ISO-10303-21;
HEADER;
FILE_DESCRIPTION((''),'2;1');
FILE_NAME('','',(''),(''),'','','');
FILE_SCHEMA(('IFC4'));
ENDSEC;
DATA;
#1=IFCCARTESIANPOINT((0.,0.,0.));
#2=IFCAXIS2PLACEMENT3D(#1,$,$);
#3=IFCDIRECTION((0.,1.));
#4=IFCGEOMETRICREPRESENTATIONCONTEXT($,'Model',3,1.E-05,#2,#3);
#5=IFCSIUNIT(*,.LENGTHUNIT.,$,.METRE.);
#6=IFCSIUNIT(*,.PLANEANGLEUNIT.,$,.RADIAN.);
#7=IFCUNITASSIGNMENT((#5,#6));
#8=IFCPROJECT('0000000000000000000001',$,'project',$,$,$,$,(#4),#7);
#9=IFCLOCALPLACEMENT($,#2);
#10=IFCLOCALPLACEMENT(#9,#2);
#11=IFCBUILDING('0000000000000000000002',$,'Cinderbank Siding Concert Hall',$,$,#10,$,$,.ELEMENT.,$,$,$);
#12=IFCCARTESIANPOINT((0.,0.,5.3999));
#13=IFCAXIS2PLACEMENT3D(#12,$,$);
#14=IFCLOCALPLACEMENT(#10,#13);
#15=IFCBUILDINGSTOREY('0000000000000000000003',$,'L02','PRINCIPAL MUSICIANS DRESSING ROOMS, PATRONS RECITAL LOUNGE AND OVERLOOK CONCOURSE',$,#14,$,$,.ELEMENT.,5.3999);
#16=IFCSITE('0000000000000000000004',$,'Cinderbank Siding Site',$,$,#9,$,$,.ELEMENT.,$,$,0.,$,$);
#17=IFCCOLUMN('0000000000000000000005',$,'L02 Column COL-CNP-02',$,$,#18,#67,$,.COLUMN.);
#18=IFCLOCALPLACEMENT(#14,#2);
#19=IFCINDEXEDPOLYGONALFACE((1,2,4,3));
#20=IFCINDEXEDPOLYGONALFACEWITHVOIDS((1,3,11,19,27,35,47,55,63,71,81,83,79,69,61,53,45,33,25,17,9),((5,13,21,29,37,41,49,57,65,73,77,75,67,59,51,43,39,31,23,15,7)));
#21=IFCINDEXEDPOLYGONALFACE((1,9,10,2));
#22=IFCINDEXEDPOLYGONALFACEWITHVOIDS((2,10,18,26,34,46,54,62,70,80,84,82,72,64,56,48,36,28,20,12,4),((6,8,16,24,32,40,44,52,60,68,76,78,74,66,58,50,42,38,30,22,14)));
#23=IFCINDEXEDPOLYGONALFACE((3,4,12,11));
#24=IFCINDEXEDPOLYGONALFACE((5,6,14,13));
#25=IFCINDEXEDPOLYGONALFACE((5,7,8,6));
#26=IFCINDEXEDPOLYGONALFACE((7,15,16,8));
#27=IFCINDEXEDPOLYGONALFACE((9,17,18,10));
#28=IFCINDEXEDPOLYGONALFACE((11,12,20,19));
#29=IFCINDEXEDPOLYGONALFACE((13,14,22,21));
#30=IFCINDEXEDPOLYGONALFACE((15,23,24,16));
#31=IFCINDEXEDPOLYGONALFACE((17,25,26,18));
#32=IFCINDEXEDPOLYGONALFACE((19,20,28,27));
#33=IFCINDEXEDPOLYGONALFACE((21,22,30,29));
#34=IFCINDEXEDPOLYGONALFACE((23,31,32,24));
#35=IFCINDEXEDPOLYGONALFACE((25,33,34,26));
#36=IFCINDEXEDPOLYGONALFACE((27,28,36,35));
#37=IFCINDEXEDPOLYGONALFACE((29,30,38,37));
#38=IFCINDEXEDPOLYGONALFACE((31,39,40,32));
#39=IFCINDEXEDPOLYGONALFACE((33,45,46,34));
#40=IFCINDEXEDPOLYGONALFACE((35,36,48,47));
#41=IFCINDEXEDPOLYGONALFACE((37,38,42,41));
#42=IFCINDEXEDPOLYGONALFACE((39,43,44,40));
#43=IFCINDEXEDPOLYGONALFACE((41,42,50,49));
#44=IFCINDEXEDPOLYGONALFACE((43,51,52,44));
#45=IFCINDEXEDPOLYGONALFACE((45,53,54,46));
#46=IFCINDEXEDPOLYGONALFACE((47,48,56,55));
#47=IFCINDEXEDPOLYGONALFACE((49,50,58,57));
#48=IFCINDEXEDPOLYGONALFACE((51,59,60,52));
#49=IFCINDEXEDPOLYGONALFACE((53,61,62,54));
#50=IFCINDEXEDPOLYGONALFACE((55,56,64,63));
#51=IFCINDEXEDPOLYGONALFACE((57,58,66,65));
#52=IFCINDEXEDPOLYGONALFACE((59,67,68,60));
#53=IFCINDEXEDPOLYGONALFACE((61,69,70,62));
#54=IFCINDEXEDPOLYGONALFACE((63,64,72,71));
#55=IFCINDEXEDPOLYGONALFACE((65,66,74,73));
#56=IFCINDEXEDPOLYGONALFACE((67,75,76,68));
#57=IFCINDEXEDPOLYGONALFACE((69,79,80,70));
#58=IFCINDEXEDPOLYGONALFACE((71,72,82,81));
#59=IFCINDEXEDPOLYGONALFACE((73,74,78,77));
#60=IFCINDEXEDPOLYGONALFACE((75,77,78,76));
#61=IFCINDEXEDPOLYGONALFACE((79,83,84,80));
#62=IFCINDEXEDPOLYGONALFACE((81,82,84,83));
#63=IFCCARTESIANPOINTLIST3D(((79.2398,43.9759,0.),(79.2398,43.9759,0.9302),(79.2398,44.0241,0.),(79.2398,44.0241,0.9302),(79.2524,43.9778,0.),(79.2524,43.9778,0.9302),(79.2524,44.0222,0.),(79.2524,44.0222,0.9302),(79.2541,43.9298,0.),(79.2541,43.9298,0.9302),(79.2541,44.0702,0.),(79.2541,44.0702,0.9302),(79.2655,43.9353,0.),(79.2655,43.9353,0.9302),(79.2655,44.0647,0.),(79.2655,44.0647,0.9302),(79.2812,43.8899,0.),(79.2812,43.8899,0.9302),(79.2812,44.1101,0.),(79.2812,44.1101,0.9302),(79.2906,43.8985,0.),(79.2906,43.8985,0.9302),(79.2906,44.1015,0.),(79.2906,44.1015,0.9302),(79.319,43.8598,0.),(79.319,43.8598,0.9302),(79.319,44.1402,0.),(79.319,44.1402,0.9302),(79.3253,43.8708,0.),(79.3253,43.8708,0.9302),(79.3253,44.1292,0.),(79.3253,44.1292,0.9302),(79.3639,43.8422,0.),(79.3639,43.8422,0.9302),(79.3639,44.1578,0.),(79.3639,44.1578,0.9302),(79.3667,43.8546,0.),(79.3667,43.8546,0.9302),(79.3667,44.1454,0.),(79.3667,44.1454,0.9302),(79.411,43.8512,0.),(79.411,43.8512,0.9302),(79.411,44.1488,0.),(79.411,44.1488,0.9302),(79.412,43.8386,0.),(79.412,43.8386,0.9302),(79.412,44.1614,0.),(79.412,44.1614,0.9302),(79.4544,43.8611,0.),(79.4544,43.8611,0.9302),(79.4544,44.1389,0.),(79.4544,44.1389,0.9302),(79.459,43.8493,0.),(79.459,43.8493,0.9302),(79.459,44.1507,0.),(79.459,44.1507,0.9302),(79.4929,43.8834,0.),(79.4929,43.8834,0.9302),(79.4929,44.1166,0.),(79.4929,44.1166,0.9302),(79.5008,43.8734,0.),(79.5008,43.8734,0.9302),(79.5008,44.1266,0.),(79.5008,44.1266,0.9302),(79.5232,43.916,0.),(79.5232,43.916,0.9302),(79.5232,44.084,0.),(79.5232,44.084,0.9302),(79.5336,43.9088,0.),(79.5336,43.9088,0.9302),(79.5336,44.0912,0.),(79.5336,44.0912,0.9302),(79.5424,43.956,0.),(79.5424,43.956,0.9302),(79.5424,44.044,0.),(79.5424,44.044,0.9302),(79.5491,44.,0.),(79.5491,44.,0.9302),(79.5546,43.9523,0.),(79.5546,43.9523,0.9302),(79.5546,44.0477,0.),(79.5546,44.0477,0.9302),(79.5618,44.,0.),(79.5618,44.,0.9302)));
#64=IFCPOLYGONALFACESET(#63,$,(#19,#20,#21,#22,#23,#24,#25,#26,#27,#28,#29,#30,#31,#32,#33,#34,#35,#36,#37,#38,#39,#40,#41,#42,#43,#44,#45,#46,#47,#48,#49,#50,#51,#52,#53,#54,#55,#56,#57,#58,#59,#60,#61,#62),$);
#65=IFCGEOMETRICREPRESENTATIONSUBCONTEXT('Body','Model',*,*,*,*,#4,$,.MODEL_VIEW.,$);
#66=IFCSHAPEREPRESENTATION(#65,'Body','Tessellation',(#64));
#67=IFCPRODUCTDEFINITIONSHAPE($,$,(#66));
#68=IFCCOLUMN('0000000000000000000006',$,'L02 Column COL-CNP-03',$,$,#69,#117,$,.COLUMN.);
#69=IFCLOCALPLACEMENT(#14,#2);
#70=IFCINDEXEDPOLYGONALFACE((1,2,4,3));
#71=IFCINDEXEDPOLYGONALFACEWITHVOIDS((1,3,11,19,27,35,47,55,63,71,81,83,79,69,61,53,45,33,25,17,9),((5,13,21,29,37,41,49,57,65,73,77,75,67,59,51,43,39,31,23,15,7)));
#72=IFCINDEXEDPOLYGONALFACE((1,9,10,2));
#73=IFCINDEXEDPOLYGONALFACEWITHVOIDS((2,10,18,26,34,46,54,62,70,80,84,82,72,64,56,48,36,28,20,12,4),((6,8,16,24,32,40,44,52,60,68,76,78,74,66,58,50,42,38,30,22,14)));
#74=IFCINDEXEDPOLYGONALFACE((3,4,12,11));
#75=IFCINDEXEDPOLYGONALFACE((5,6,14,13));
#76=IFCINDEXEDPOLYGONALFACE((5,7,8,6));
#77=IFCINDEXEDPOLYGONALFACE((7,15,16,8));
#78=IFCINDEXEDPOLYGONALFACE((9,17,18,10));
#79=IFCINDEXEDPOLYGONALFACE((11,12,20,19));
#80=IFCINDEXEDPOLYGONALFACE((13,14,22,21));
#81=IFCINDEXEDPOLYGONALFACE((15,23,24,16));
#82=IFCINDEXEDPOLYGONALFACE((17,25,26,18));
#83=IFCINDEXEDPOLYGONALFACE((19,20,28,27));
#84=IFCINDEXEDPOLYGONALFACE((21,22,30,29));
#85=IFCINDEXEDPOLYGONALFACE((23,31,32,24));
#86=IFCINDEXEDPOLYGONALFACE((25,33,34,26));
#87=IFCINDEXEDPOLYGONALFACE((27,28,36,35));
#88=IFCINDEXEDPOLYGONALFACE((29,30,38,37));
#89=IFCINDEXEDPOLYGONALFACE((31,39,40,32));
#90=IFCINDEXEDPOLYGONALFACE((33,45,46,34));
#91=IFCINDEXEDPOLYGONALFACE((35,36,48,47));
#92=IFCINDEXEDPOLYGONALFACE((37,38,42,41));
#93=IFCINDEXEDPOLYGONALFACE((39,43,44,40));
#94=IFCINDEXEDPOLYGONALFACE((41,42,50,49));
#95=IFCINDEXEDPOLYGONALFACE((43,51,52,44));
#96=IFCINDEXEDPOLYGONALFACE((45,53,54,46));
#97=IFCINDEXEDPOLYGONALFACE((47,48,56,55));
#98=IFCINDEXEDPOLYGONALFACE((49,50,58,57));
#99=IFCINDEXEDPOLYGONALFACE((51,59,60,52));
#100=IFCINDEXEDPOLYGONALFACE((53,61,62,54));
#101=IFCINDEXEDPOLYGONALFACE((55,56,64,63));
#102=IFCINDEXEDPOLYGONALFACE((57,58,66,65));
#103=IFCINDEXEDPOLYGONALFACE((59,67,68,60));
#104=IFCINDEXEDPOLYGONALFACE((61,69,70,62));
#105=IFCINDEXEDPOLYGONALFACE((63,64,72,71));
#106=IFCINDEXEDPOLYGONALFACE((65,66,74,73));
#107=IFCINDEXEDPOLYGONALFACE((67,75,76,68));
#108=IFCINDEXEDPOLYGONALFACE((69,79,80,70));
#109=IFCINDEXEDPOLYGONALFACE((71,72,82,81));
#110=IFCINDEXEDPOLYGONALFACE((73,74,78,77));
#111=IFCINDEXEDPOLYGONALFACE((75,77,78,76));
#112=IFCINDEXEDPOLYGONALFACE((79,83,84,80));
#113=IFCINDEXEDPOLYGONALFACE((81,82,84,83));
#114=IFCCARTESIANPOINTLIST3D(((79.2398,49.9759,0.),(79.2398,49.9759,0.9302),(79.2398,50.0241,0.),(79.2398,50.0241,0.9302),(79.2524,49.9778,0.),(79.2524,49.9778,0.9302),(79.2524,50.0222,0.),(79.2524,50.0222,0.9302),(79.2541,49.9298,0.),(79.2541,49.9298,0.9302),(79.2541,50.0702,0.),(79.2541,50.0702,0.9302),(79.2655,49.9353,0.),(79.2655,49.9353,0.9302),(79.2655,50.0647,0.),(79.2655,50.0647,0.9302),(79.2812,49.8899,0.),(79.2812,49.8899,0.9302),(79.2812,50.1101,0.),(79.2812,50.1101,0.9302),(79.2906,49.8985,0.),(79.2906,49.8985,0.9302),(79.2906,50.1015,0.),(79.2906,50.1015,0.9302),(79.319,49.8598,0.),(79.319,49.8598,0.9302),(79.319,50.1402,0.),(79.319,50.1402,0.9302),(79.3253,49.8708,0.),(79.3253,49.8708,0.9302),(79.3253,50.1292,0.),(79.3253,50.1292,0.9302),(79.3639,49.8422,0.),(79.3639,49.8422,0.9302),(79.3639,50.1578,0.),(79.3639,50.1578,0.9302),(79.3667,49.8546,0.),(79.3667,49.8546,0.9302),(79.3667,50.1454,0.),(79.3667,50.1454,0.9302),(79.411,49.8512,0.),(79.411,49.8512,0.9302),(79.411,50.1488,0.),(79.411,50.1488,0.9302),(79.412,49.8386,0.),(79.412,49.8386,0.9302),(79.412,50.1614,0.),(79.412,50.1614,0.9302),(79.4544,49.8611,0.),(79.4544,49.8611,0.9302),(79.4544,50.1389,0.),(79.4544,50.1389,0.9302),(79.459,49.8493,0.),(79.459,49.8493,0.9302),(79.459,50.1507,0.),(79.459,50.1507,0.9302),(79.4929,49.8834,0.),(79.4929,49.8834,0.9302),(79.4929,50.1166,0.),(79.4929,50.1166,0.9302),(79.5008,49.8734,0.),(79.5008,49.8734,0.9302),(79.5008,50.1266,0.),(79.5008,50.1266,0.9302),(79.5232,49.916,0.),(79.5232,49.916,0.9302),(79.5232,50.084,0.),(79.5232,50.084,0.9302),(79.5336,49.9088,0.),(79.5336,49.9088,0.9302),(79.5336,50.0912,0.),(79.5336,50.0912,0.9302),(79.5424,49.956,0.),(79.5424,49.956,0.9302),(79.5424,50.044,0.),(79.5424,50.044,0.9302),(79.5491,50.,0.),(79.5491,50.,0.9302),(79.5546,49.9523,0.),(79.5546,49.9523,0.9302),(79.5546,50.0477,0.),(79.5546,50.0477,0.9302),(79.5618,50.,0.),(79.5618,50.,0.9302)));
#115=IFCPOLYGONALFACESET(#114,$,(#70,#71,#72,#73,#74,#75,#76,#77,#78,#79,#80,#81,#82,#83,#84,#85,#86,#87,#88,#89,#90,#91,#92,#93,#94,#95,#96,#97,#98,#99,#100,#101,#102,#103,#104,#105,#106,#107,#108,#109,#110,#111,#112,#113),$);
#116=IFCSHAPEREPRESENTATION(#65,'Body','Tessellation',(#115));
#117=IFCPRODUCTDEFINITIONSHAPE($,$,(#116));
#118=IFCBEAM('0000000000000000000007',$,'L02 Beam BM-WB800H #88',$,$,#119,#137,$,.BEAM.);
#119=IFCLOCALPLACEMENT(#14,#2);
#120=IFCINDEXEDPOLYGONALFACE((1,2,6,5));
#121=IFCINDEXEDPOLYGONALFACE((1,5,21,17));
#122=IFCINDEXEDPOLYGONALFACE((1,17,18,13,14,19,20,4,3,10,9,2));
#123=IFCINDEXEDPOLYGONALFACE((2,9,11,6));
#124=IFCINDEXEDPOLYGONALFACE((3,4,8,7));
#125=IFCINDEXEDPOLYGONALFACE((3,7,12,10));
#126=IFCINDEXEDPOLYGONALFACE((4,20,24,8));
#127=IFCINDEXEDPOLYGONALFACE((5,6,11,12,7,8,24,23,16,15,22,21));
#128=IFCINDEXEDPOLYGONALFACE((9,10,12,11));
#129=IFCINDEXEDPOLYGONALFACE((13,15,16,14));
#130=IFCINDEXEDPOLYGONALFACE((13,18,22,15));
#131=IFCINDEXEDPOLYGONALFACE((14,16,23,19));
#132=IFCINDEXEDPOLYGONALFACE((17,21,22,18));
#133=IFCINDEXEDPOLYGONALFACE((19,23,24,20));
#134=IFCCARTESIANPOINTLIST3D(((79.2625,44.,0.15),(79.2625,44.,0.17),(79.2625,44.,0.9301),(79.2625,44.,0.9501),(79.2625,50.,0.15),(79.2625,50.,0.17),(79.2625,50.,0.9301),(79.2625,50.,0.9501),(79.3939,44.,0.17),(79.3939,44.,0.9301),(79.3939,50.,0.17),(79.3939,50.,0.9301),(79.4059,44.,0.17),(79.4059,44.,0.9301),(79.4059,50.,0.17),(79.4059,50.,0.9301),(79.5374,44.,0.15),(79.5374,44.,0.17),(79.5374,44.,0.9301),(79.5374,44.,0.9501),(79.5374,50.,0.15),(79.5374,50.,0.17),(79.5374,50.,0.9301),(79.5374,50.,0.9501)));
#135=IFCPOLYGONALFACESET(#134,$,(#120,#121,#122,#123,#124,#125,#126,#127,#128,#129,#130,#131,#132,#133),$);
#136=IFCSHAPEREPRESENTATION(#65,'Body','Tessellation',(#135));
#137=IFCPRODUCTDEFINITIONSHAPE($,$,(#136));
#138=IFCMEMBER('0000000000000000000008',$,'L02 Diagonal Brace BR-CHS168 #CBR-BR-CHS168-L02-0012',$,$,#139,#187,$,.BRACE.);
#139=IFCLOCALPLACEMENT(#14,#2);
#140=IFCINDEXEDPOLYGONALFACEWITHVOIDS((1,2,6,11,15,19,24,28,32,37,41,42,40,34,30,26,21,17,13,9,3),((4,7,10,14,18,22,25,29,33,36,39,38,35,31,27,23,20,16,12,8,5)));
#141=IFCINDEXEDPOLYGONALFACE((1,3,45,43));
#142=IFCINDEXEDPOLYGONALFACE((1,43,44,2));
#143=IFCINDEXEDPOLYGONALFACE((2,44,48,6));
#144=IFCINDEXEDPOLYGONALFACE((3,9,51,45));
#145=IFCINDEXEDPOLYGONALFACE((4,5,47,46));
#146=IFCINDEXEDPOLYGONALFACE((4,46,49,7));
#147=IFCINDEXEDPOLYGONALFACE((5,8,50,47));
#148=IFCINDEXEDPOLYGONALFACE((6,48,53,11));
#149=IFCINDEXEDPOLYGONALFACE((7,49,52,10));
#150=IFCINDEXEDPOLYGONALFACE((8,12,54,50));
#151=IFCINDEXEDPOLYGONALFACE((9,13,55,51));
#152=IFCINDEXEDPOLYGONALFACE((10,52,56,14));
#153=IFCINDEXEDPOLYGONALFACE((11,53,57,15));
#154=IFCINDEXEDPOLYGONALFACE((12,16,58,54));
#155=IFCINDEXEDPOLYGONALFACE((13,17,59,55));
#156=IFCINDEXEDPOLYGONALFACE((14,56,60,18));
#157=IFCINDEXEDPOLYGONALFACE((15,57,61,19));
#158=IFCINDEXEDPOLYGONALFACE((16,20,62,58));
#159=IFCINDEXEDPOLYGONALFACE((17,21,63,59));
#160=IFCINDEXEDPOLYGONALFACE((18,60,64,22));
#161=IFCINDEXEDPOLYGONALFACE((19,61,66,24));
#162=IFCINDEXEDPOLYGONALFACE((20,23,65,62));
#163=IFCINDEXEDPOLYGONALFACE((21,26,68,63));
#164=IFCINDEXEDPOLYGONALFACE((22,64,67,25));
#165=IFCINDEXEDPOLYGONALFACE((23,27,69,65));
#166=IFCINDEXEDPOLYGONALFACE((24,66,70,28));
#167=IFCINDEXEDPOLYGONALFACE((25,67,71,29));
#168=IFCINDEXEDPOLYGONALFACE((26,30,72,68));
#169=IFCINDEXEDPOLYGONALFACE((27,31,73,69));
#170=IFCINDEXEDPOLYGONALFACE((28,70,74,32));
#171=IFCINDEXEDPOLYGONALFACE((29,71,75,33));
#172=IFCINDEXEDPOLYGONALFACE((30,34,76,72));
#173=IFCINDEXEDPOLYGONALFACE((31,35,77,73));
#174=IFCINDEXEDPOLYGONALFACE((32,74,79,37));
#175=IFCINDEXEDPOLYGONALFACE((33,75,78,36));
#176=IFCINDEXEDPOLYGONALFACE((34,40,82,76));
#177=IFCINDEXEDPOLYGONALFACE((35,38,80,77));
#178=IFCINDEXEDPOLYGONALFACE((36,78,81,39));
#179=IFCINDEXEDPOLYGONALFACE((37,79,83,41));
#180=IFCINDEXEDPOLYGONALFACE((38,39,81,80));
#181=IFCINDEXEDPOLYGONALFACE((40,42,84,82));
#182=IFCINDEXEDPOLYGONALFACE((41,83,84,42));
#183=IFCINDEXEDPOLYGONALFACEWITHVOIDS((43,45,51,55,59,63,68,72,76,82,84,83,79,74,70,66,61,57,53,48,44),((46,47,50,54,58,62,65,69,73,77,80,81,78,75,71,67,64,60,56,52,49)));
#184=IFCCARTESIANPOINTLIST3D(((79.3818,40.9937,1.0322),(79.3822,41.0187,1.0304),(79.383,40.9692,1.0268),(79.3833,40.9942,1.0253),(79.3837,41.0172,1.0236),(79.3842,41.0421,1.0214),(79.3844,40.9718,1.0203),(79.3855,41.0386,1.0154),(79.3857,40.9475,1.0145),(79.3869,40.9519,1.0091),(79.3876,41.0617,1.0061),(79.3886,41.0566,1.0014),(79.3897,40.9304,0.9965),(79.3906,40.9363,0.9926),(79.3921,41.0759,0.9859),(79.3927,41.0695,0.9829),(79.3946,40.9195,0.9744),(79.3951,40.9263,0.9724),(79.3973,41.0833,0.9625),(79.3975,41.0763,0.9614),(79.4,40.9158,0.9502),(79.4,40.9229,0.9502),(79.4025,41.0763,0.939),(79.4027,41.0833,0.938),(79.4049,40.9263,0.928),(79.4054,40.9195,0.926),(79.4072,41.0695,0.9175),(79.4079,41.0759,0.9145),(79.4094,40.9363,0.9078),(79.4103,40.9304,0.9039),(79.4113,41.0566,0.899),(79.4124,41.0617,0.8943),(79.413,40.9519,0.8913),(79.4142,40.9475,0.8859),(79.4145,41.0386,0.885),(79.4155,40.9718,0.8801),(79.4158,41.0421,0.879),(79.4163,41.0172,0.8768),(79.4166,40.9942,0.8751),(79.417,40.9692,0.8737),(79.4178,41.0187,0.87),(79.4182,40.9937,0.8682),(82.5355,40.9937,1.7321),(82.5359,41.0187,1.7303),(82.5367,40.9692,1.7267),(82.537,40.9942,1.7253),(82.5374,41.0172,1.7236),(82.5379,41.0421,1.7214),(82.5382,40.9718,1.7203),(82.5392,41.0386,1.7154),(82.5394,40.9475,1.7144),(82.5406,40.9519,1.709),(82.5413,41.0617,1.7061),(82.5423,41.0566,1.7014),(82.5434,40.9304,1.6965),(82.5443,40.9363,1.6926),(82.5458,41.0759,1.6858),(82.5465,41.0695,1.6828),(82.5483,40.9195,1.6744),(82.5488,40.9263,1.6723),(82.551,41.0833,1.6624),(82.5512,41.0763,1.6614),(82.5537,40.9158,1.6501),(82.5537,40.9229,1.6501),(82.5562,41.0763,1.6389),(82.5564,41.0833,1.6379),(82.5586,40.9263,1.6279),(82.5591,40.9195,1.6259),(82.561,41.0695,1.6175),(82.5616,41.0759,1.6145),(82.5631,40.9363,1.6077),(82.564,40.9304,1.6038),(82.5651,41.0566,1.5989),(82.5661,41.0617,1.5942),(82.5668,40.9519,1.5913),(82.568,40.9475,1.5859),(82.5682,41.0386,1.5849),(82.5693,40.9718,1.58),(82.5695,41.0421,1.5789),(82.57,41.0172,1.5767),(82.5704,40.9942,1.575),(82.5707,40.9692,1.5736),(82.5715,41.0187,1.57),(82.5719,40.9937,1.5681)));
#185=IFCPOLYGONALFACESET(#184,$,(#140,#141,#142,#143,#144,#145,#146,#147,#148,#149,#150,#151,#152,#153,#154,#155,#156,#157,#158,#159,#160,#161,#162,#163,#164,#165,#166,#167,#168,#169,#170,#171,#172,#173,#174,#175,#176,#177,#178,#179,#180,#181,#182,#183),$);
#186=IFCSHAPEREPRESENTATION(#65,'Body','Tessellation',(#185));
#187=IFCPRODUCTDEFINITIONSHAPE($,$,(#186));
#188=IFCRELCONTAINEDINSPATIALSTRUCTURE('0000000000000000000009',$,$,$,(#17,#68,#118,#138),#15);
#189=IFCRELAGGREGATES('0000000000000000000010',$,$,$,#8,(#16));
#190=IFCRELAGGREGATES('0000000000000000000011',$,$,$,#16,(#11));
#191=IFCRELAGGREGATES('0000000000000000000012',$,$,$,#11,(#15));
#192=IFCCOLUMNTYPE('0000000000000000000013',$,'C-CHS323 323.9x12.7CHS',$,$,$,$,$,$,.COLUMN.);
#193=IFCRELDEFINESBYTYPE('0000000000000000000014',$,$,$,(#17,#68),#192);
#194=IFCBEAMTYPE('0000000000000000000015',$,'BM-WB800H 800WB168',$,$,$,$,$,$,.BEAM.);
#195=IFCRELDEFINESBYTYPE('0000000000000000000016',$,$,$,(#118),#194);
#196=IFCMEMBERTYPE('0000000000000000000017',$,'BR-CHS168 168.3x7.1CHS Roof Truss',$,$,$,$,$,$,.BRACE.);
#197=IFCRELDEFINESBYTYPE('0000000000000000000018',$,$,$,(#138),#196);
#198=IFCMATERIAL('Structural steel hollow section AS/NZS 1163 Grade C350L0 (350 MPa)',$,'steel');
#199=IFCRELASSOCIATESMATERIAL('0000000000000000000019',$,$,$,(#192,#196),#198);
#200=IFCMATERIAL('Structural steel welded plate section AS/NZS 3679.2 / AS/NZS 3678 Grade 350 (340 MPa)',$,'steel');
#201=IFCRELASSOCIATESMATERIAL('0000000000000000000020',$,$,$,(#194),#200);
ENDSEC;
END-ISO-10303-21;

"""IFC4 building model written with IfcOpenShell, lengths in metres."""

from ifc_helpers import new_model, si_unit, direction, frame, origin, origin_2d, place, context, subcontext, project, spatial, hollow_circle, i_section, extrude, material, material_profile, profile_set, type_object, element, save


model = new_model("IFC4")

# Units and contexts
model_context = context("Model", 3, precision=1e-05, world=origin(), true_north=direction((0.0, 1.0)))
body_context = subcontext(model_context, "Body", "Model", "MODEL_VIEW")
ifc_project = project(units=[si_unit("LENGTHUNIT", "METRE"), si_unit("PLANEANGLEUNIT", "RADIAN")], contexts=[model_context])

# Site, building, storey
site_placement = place(None, origin())
site = spatial("IfcSite", under=ifc_project, at=site_placement, Name="Cinderbank Siding Site", CompositionType="ELEMENT", RefElevation=0.0)
building_placement = place(site_placement, origin())
building = spatial("IfcBuilding", under=site, at=building_placement, Name="Cinderbank Siding Concert Hall", CompositionType="ELEMENT")
storey_placement = place(building_placement, frame((0.0, 0.0, 5.3999)))
storey = spatial("IfcBuildingStorey", under=building, at=storey_placement, Name="L02", Description="PRINCIPAL MUSICIANS DRESSING ROOMS, PATRONS RECITAL LOUNGE AND OVERLOOK CONCOURSE", CompositionType="ELEMENT", Elevation=5.3999)

# Columns
ifc_material_1 = material(Name="Structural steel hollow section AS/NZS 1163 Grade C350L0 (350 MPa)", Category="steel")
ifc_material_profile_1 = material_profile(ifc_material_1, hollow_circle(Radius=0.1619, WallThickness=0.0127, at=origin_2d()), Name="323.9x12.7CHS", Category="LoadBearing")
ifc_profile_set_1 = profile_set([ifc_material_profile_1], Name="Structural steel hollow section AS/NZS 1163 Grade C350L0 (350 MPa)")
column_type = type_object("IfcColumnType", Name="C-CHS323 323.9x12.7CHS", PredefinedType="COLUMN", material=ifc_profile_set_1)
for number, where, z_axis, x_axis, name in (
    (1, (79.3999, 44.0, 0.0), (0.0, 0.0, 1.0), (1.0, 0.0, 0.0), "L02 Column COL-CNP-02"),
    (2, (79.3999, 50.0, 0.0), (0.0, 0.0, 1.0), (1.0, 0.0, 0.0), "L02 Column COL-CNP-03"),
):
    element("IfcColumn", number, at=place(storey_placement, frame(where, z_axis=z_axis, x_axis=x_axis)), inside=storey, type_object=column_type, Name=name, PredefinedType="COLUMN", context=body_context, shape_type="SweptSolid", body=[
        extrude(hollow_circle(Radius=0.1619, WallThickness=0.0127, at=origin_2d()), origin(), (0.0, 0.0, 1.0), 0.9302),
    ])

# Beam
ifc_material_2 = material(Name="Structural steel welded plate section AS/NZS 3679.2 / AS/NZS 3678 Grade 350 (340 MPa)", Category="steel")
ifc_material_profile_2 = material_profile(ifc_material_2, i_section(OverallWidth=0.2749, OverallDepth=0.8, WebThickness=0.012, FlangeThickness=0.02, at=origin_2d()), Name="800WB168", Category="LoadBearing")
ifc_profile_set_2 = profile_set([ifc_material_profile_2], Name="Structural steel welded plate section AS/NZS 3679.2 / AS/NZS 3678 Grade 350 (340 MPa)")
beam_type = type_object("IfcBeamType", Name="BM-WB800H 800WB168", PredefinedType="BEAM", material=ifc_profile_set_2)
beam_placement = place(storey_placement, frame((79.3999, 44.0, 0.55), z_axis=(0.0, 1.0, 0.0), x_axis=(-1.0, 0.0, 0.0)))
element("IfcBeam", 3, at=beam_placement, inside=storey, type_object=beam_type, Name="L02 Beam BM-WB800H #88", PredefinedType="BEAM", context=body_context, shape_type="SweptSolid", body=[
    extrude(i_section(OverallWidth=0.2749, OverallDepth=0.8, WebThickness=0.012, FlangeThickness=0.02, at=origin_2d()), origin(), (0.0, 0.0, 1.0), 6.0),
])

# Member
ifc_material_profile_3 = material_profile(ifc_material_1, hollow_circle(Radius=0.0842, WallThickness=0.0071, at=origin_2d()), Name="168.3x7.1CHS", Category="LoadBearing")
ifc_profile_set_3 = profile_set([ifc_material_profile_3], Name="Structural steel hollow section AS/NZS 1163 Grade C350L0 (350 MPa)")
member_type_1 = type_object("IfcMemberType", Name="BR-CHS168 168.3x7.1CHS Roof Truss", PredefinedType="BRACE", material=ifc_profile_set_3)
member_1_placement = place(storey_placement, frame((82.5537, 41.0, 1.6501), z_axis=(-0.976246, 0.0, -0.216666), x_axis=(0.0, -1.0, 0.0)))
element("IfcMember", 4, at=member_1_placement, inside=storey, type_object=member_type_1, Name="L02 Diagonal Brace BR-CHS168 #CBR-BR-CHS168-L02-0012", PredefinedType="BRACE", context=body_context, shape_type="SweptSolid", body=[
    extrude(hollow_circle(Radius=0.0842, WallThickness=0.0071, at=origin_2d()), origin(), (0.0, 0.0, 1.0), 3.2305),
])

save(model, "model.ifc")
